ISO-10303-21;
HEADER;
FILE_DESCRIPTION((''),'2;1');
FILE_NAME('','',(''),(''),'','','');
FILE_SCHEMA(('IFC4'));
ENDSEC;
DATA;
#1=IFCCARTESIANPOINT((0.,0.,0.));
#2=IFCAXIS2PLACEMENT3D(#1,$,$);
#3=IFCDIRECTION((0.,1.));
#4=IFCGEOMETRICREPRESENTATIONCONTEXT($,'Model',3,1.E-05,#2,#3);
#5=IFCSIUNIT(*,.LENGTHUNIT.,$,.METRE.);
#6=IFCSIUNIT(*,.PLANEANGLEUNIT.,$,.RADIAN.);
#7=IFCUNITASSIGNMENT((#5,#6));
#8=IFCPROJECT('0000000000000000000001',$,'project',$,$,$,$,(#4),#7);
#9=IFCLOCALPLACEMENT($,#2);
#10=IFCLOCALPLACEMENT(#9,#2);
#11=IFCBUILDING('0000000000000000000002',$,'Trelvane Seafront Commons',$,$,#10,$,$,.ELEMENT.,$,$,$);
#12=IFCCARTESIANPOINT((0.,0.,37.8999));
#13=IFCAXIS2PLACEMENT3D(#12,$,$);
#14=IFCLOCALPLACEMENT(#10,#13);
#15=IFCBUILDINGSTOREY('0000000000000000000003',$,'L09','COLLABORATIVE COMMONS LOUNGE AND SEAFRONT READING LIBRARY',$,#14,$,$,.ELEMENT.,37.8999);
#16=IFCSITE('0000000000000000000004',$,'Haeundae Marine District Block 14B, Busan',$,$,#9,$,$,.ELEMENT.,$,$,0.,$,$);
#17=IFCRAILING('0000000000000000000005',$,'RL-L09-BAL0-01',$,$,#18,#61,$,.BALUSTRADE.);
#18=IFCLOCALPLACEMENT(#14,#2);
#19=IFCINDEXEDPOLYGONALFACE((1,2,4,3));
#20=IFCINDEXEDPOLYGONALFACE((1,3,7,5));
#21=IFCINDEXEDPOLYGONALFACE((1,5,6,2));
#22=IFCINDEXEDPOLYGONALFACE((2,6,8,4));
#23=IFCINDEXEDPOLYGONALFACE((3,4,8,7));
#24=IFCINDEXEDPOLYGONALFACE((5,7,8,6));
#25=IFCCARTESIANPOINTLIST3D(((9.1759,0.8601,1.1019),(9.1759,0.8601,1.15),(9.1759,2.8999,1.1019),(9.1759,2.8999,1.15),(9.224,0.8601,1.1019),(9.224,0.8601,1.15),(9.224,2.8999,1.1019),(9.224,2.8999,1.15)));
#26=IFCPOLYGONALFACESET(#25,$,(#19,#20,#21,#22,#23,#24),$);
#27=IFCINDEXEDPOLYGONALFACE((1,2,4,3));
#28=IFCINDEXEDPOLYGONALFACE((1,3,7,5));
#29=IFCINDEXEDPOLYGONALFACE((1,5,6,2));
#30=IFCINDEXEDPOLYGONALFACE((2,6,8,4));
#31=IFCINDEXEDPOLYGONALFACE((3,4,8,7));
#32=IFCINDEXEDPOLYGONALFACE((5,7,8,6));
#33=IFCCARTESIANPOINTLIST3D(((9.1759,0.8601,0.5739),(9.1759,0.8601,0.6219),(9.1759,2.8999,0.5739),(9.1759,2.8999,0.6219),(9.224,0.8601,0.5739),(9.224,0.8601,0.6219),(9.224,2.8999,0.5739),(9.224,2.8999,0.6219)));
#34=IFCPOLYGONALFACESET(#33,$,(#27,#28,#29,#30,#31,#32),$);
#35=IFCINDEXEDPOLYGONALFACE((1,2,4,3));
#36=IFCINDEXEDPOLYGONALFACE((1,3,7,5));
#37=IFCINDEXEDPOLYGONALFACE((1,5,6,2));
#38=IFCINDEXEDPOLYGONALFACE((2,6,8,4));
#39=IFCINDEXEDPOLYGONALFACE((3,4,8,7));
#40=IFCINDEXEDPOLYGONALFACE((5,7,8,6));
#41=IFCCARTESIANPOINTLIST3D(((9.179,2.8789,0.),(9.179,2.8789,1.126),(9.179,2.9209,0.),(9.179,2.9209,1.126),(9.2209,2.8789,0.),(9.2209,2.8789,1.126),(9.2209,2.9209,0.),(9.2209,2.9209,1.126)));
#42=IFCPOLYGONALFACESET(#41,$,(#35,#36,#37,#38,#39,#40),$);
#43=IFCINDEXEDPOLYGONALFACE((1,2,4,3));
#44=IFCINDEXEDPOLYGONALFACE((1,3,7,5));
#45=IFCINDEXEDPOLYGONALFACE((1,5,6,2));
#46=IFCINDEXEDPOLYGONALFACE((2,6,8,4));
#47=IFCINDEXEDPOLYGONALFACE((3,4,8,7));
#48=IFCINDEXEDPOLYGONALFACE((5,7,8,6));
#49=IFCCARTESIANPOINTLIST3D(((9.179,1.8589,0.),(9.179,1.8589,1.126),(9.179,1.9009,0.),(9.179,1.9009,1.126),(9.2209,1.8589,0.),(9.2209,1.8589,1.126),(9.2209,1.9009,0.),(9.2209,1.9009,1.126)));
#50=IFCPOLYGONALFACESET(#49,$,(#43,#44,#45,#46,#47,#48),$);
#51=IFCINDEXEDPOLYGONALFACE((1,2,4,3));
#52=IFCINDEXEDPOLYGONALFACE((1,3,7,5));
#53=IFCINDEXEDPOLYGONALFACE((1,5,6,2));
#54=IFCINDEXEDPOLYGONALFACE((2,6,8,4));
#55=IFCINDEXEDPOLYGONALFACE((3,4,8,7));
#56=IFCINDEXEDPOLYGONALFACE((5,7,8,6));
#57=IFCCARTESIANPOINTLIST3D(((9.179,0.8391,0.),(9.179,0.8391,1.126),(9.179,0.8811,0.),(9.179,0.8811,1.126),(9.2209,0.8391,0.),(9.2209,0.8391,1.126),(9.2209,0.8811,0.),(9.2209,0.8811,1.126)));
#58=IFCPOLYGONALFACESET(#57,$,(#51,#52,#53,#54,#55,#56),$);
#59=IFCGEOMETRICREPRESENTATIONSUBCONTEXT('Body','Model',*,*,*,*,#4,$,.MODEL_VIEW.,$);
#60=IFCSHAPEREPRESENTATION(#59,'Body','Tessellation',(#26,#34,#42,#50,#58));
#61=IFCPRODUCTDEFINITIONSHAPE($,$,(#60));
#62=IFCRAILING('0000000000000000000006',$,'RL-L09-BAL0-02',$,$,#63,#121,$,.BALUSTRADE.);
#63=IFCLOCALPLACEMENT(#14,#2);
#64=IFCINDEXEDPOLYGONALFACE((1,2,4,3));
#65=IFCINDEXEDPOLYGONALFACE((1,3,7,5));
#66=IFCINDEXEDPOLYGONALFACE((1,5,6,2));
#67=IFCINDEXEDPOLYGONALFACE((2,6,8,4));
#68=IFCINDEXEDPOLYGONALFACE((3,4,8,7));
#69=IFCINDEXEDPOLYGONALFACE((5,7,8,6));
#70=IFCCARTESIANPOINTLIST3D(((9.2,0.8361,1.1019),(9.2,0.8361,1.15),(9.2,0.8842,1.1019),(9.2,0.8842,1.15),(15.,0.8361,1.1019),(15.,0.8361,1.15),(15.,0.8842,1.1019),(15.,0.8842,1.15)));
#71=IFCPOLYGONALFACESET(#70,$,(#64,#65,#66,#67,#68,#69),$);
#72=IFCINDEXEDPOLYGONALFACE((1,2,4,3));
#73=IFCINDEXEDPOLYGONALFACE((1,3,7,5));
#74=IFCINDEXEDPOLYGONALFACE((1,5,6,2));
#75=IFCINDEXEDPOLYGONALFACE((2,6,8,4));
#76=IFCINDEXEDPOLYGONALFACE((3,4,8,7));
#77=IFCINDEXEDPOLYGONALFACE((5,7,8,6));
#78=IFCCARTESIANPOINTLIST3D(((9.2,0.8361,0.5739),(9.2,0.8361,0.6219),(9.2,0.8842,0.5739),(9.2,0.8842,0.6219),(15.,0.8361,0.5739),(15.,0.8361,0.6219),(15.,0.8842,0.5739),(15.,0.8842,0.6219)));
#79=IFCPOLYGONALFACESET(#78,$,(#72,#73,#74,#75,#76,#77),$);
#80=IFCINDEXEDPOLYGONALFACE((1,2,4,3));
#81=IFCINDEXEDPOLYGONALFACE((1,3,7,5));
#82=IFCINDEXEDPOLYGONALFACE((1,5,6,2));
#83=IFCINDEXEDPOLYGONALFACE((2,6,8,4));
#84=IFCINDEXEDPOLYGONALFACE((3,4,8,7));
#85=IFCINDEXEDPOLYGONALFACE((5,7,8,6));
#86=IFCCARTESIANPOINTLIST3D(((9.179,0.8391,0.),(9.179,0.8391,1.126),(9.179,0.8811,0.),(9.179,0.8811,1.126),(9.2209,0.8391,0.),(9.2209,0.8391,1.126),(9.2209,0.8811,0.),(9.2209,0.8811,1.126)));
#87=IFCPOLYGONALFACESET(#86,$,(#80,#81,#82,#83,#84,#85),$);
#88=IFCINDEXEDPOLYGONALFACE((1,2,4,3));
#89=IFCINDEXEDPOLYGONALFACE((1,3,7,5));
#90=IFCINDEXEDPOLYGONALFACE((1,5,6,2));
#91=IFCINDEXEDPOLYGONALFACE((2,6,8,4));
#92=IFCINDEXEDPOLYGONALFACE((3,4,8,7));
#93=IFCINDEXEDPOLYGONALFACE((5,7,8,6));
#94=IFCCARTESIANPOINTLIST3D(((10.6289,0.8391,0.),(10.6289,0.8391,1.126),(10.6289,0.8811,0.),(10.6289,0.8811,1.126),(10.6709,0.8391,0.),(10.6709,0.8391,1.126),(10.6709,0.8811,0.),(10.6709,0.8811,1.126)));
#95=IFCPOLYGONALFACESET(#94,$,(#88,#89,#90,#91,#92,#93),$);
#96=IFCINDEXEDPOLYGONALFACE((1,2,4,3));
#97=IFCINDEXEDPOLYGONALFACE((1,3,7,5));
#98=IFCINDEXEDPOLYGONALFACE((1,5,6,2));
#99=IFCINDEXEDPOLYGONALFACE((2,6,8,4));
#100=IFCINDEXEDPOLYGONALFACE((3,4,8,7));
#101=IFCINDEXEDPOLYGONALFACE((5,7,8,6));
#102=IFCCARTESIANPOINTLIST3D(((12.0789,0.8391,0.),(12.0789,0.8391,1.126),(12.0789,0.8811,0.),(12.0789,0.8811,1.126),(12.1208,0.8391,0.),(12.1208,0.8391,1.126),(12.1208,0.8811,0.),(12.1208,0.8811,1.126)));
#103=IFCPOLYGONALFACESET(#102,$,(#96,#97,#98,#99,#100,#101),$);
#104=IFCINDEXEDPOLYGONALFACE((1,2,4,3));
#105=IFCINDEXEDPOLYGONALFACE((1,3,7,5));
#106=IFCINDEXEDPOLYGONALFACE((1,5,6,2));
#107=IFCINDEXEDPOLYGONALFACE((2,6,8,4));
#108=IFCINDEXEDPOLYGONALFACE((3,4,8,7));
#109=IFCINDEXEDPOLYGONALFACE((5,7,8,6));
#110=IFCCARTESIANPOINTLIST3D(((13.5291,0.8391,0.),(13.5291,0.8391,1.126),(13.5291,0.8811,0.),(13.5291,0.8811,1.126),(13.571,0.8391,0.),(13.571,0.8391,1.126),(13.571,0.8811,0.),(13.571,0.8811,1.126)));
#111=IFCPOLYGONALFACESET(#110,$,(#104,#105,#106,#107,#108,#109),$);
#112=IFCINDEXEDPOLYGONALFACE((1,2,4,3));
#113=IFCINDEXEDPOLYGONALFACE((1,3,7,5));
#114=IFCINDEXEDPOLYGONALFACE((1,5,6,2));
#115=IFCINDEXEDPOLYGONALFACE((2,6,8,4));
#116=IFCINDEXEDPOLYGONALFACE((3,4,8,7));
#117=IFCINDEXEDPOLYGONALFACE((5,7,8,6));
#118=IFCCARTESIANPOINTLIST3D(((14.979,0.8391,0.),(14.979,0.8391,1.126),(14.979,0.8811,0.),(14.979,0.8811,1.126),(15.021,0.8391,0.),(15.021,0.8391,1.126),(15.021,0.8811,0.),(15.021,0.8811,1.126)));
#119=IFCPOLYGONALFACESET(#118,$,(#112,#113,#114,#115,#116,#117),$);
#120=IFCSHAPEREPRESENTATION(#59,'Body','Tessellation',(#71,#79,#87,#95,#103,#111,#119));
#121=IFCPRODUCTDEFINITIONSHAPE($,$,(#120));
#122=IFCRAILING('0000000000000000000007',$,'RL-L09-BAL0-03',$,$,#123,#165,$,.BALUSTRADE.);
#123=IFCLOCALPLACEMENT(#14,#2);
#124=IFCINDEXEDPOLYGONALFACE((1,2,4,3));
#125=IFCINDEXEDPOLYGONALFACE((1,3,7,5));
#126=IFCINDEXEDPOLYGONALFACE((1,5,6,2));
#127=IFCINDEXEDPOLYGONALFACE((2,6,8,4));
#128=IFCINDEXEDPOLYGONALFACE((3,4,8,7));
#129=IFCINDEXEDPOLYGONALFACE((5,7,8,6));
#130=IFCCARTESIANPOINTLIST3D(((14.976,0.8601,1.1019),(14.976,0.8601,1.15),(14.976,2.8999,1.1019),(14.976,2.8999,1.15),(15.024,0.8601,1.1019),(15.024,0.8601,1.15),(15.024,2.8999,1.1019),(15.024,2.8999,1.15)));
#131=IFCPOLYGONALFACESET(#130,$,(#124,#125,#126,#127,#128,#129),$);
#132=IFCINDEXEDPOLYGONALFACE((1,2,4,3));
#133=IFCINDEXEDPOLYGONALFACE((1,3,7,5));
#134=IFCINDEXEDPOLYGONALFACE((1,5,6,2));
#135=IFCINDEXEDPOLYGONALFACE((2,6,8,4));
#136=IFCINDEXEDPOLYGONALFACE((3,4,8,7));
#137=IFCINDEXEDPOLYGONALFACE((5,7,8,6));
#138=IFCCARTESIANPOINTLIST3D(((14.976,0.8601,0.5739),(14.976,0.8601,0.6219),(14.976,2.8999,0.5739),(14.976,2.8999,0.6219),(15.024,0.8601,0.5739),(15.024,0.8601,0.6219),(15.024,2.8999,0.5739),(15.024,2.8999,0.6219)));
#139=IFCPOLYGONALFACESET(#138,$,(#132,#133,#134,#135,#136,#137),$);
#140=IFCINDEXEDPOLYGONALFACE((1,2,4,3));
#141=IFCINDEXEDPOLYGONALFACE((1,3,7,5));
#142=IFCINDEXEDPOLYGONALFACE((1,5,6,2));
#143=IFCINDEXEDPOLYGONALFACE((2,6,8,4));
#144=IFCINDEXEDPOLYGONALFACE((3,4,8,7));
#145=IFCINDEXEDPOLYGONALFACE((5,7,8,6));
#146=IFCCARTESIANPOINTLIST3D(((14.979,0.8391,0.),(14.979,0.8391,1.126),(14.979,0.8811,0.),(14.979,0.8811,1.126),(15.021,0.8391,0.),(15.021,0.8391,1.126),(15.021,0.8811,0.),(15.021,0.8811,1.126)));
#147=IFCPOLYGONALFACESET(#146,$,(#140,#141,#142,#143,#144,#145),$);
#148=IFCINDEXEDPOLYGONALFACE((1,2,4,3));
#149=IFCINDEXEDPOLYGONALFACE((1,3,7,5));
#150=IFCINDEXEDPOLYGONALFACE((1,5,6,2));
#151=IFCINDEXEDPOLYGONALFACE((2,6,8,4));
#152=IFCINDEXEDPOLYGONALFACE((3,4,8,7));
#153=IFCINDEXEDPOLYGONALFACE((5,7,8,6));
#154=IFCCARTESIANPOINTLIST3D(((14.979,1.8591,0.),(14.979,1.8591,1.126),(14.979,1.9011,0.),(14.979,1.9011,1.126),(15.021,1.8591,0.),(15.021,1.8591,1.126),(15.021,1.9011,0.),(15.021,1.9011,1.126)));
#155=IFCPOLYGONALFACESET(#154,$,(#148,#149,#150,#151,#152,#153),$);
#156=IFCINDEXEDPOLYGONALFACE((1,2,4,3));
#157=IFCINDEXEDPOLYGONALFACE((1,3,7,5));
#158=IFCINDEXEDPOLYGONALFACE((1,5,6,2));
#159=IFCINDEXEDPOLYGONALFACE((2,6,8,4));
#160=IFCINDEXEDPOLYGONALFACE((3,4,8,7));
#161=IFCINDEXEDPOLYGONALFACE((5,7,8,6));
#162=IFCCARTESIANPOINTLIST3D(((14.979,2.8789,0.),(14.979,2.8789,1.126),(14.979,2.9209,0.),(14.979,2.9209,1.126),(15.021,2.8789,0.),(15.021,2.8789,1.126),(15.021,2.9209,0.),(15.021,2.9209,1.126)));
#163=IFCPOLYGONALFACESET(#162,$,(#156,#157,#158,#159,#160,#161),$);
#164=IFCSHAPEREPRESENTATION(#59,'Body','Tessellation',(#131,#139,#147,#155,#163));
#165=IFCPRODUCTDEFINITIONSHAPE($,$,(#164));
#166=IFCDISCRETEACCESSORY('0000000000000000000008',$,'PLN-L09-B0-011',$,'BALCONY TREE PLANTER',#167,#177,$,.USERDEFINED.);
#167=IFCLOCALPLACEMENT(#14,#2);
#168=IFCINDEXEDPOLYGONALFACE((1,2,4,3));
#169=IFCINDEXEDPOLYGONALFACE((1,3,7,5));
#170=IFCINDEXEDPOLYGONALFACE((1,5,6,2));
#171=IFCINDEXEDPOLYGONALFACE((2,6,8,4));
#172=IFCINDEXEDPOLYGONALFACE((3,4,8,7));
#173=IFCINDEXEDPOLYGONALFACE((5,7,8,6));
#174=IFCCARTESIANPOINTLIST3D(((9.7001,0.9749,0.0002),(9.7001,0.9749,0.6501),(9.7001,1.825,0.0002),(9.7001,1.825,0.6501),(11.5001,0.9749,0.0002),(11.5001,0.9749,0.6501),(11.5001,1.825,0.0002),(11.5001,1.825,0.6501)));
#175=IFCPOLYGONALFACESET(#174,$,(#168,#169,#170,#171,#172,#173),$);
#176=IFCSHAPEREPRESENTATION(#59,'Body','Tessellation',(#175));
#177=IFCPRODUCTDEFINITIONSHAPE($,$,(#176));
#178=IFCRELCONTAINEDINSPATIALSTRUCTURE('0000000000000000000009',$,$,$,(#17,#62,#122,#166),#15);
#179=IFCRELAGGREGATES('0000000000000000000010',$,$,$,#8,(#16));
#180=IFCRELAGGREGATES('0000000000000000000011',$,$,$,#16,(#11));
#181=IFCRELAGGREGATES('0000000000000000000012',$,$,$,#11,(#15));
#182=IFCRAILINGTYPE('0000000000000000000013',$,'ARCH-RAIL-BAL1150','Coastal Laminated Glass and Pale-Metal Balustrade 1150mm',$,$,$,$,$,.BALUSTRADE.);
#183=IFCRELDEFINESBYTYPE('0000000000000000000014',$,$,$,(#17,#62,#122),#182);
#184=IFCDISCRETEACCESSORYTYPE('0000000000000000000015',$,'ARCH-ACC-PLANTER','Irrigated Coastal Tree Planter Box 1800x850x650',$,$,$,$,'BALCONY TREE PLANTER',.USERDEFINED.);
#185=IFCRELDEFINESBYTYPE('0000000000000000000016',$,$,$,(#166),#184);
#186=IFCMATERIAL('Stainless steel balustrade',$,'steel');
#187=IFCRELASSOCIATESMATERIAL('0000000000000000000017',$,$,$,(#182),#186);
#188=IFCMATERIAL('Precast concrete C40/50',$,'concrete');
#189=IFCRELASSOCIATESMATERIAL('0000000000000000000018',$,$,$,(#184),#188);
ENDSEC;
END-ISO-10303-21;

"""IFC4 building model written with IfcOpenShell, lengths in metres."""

from ifc_helpers import new_model, si_unit, direction, frame, origin, origin_2d, place, context, subcontext, project, spatial, rectangle, extrude, source, transform, mapped, material, type_object, element, save


model = new_model("IFC4")

# Units and contexts
model_context = context("Model", 3, precision=1e-05, world=origin(), true_north=direction((0.0, 1.0)))
body_context = subcontext(model_context, "Body", "Model", "MODEL_VIEW")
ifc_project = project(units=[si_unit("LENGTHUNIT", "METRE"), si_unit("PLANEANGLEUNIT", "RADIAN")], contexts=[model_context])

# Site, building, storey
site_placement = place(None, origin())
site = spatial("IfcSite", under=ifc_project, at=site_placement, Name="Haeundae Marine District Block 14B, Busan", CompositionType="ELEMENT", RefElevation=0.0)
building_placement = place(site_placement, origin())
building = spatial("IfcBuilding", under=site, at=building_placement, Name="Trelvane Seafront Commons", CompositionType="ELEMENT")
storey_placement = place(building_placement, frame((0.0, 0.0, 37.8999)))
storey = spatial("IfcBuildingStorey", under=building, at=storey_placement, Name="L09", Description="COLLABORATIVE COMMONS LOUNGE AND SEAFRONT READING LIBRARY", CompositionType="ELEMENT", Elevation=37.8999)

# Shared definitions
ifc_material_1 = material(Name="Precast concrete C40/50", Category="concrete")

# Railings
ifc_material_2 = material(Name="Stainless steel balustrade", Category="steel")
railing_type = type_object("IfcRailingType", Name="ARCH-RAIL-BAL1150", Description="Coastal Laminated Glass and Pale-Metal Balustrade 1150mm", PredefinedType="BALUSTRADE", material=ifc_material_2)
railing_1_placement = place(storey_placement, frame((9.2, 2.8999, 0.0)))
element("IfcRailing", 1, at=railing_1_placement, inside=storey, type_object=railing_type, Name="RL-L09-BAL0-01", PredefinedType="BALUSTRADE", context=body_context, shape_type="SweptSolid", body=[
    extrude(rectangle(XDim=0.0481, YDim=0.0481, at=origin_2d()), frame((0.0, 0.0, 1.126), z_axis=(0.0, -1.0, 0.0), x_axis=(1.0, 0.0, 0.0)), (0.0, 0.0, 1.0), 2.0398),
    extrude(rectangle(XDim=0.0481, YDim=0.0481, at=origin_2d()), frame((0.0, 0.0, 0.5979), z_axis=(0.0, -1.0, 0.0), x_axis=(1.0, 0.0, 0.0)), (0.0, 0.0, 1.0), 2.0398),
    extrude(rectangle(XDim=0.042, YDim=0.042, at=origin_2d()), origin(), (0.0, 0.0, 1.0), 1.126),
    extrude(rectangle(XDim=0.042, YDim=0.042, at=origin_2d()), frame((0.0, -1.02, 0.0)), (0.0, 0.0, 1.0), 1.126),
    extrude(rectangle(XDim=0.042, YDim=0.042, at=origin_2d()), frame((0.0, -2.0398, 0.0)), (0.0, 0.0, 1.0), 1.126),
])
railing_2_placement = place(storey_placement, frame((9.2, 0.8601, 0.0)))
element("IfcRailing", 2, at=railing_2_placement, inside=storey, type_object=railing_type, Name="RL-L09-BAL0-02", PredefinedType="BALUSTRADE", context=body_context, shape_type="SweptSolid", body=[
    extrude(rectangle(XDim=0.0481, YDim=0.0481, at=origin_2d()), frame((0.0, 0.0, 1.126), z_axis=(1.0, 0.0, 0.0), x_axis=(0.0, 1.0, 0.0)), (0.0, 0.0, 1.0), 5.8),
    extrude(rectangle(XDim=0.0481, YDim=0.0481, at=origin_2d()), frame((0.0, 0.0, 0.5979), z_axis=(1.0, 0.0, 0.0), x_axis=(0.0, 1.0, 0.0)), (0.0, 0.0, 1.0), 5.8),
    extrude(rectangle(XDim=0.042, YDim=0.042, at=origin_2d()), origin(), (0.0, 0.0, 1.0), 1.126),
    extrude(rectangle(XDim=0.042, YDim=0.042, at=origin_2d()), frame((1.45, 0.0, 0.0)), (0.0, 0.0, 1.0), 1.126),
    extrude(rectangle(XDim=0.042, YDim=0.042, at=origin_2d()), frame((2.8999, 0.0, 0.0)), (0.0, 0.0, 1.0), 1.126),
    extrude(rectangle(XDim=0.042, YDim=0.042, at=origin_2d()), frame((4.3501, 0.0, 0.0)), (0.0, 0.0, 1.0), 1.126),
    extrude(rectangle(XDim=0.042, YDim=0.042, at=origin_2d()), frame((5.8, 0.0, 0.0)), (0.0, 0.0, 1.0), 1.126),
])
railing_3_placement = place(storey_placement, frame((15.0, 0.8601, 0.0)))
element("IfcRailing", 3, at=railing_3_placement, inside=storey, type_object=railing_type, Name="RL-L09-BAL0-03", PredefinedType="BALUSTRADE", context=body_context, shape_type="SweptSolid", body=[
    extrude(rectangle(XDim=0.0481, YDim=0.0481, at=origin_2d()), frame((0.0, 0.0, 1.126), z_axis=(0.0, 1.0, 0.0), x_axis=(-1.0, 0.0, 0.0)), (0.0, 0.0, 1.0), 2.0398),
    extrude(rectangle(XDim=0.0481, YDim=0.0481, at=origin_2d()), frame((0.0, 0.0, 0.5979), z_axis=(0.0, 1.0, 0.0), x_axis=(-1.0, 0.0, 0.0)), (0.0, 0.0, 1.0), 2.0398),
    extrude(rectangle(XDim=0.042, YDim=0.042, at=origin_2d()), origin(), (0.0, 0.0, 1.0), 1.126),
    extrude(rectangle(XDim=0.042, YDim=0.042, at=origin_2d()), frame((0.0, 1.02, 0.0)), (0.0, 0.0, 1.0), 1.126),
    extrude(rectangle(XDim=0.042, YDim=0.042, at=origin_2d()), frame((0.0, 2.0398, 0.0)), (0.0, 0.0, 1.0), 1.126),
])

# Discrete accessory
discrete_accessory_type = type_object("IfcDiscreteAccessoryType", Name="ARCH-ACC-PLANTER", Description="Irrigated Coastal Tree Planter Box 1800x850x650", ElementType="BALCONY TREE PLANTER", PredefinedType="USERDEFINED", material=ifc_material_1)
shared_shape_1 = source(origin(), body_context, "Body", "SweptSolid", [
    extrude(rectangle(XDim=1.8, YDim=0.8501, at=origin_2d()), origin(), (0.0, 0.0, 1.0), 0.6499),
])
discrete_accessory_placement = place(storey_placement, frame((10.6001, 1.3999, 0.0002), z_axis=(0.0, 0.0, 1.0), x_axis=(1.0, 0.0, 0.0)))
element("IfcDiscreteAccessory", 4, at=discrete_accessory_placement, inside=storey, type_object=discrete_accessory_type, Name="PLN-L09-B0-011", ObjectType="BALCONY TREE PLANTER", PredefinedType="USERDEFINED", context=body_context, shape_type="MappedRepresentation", body=[
    mapped(shared_shape_1, transform((0.0, 0.0, 0.0), x_axis=(1.0, 0.0, 0.0), y_axis=(0.0, 1.0, 0.0), z_axis=(0.0, 0.0, 1.0), scale=1.0)),
])

save(model, "model.ifc")
